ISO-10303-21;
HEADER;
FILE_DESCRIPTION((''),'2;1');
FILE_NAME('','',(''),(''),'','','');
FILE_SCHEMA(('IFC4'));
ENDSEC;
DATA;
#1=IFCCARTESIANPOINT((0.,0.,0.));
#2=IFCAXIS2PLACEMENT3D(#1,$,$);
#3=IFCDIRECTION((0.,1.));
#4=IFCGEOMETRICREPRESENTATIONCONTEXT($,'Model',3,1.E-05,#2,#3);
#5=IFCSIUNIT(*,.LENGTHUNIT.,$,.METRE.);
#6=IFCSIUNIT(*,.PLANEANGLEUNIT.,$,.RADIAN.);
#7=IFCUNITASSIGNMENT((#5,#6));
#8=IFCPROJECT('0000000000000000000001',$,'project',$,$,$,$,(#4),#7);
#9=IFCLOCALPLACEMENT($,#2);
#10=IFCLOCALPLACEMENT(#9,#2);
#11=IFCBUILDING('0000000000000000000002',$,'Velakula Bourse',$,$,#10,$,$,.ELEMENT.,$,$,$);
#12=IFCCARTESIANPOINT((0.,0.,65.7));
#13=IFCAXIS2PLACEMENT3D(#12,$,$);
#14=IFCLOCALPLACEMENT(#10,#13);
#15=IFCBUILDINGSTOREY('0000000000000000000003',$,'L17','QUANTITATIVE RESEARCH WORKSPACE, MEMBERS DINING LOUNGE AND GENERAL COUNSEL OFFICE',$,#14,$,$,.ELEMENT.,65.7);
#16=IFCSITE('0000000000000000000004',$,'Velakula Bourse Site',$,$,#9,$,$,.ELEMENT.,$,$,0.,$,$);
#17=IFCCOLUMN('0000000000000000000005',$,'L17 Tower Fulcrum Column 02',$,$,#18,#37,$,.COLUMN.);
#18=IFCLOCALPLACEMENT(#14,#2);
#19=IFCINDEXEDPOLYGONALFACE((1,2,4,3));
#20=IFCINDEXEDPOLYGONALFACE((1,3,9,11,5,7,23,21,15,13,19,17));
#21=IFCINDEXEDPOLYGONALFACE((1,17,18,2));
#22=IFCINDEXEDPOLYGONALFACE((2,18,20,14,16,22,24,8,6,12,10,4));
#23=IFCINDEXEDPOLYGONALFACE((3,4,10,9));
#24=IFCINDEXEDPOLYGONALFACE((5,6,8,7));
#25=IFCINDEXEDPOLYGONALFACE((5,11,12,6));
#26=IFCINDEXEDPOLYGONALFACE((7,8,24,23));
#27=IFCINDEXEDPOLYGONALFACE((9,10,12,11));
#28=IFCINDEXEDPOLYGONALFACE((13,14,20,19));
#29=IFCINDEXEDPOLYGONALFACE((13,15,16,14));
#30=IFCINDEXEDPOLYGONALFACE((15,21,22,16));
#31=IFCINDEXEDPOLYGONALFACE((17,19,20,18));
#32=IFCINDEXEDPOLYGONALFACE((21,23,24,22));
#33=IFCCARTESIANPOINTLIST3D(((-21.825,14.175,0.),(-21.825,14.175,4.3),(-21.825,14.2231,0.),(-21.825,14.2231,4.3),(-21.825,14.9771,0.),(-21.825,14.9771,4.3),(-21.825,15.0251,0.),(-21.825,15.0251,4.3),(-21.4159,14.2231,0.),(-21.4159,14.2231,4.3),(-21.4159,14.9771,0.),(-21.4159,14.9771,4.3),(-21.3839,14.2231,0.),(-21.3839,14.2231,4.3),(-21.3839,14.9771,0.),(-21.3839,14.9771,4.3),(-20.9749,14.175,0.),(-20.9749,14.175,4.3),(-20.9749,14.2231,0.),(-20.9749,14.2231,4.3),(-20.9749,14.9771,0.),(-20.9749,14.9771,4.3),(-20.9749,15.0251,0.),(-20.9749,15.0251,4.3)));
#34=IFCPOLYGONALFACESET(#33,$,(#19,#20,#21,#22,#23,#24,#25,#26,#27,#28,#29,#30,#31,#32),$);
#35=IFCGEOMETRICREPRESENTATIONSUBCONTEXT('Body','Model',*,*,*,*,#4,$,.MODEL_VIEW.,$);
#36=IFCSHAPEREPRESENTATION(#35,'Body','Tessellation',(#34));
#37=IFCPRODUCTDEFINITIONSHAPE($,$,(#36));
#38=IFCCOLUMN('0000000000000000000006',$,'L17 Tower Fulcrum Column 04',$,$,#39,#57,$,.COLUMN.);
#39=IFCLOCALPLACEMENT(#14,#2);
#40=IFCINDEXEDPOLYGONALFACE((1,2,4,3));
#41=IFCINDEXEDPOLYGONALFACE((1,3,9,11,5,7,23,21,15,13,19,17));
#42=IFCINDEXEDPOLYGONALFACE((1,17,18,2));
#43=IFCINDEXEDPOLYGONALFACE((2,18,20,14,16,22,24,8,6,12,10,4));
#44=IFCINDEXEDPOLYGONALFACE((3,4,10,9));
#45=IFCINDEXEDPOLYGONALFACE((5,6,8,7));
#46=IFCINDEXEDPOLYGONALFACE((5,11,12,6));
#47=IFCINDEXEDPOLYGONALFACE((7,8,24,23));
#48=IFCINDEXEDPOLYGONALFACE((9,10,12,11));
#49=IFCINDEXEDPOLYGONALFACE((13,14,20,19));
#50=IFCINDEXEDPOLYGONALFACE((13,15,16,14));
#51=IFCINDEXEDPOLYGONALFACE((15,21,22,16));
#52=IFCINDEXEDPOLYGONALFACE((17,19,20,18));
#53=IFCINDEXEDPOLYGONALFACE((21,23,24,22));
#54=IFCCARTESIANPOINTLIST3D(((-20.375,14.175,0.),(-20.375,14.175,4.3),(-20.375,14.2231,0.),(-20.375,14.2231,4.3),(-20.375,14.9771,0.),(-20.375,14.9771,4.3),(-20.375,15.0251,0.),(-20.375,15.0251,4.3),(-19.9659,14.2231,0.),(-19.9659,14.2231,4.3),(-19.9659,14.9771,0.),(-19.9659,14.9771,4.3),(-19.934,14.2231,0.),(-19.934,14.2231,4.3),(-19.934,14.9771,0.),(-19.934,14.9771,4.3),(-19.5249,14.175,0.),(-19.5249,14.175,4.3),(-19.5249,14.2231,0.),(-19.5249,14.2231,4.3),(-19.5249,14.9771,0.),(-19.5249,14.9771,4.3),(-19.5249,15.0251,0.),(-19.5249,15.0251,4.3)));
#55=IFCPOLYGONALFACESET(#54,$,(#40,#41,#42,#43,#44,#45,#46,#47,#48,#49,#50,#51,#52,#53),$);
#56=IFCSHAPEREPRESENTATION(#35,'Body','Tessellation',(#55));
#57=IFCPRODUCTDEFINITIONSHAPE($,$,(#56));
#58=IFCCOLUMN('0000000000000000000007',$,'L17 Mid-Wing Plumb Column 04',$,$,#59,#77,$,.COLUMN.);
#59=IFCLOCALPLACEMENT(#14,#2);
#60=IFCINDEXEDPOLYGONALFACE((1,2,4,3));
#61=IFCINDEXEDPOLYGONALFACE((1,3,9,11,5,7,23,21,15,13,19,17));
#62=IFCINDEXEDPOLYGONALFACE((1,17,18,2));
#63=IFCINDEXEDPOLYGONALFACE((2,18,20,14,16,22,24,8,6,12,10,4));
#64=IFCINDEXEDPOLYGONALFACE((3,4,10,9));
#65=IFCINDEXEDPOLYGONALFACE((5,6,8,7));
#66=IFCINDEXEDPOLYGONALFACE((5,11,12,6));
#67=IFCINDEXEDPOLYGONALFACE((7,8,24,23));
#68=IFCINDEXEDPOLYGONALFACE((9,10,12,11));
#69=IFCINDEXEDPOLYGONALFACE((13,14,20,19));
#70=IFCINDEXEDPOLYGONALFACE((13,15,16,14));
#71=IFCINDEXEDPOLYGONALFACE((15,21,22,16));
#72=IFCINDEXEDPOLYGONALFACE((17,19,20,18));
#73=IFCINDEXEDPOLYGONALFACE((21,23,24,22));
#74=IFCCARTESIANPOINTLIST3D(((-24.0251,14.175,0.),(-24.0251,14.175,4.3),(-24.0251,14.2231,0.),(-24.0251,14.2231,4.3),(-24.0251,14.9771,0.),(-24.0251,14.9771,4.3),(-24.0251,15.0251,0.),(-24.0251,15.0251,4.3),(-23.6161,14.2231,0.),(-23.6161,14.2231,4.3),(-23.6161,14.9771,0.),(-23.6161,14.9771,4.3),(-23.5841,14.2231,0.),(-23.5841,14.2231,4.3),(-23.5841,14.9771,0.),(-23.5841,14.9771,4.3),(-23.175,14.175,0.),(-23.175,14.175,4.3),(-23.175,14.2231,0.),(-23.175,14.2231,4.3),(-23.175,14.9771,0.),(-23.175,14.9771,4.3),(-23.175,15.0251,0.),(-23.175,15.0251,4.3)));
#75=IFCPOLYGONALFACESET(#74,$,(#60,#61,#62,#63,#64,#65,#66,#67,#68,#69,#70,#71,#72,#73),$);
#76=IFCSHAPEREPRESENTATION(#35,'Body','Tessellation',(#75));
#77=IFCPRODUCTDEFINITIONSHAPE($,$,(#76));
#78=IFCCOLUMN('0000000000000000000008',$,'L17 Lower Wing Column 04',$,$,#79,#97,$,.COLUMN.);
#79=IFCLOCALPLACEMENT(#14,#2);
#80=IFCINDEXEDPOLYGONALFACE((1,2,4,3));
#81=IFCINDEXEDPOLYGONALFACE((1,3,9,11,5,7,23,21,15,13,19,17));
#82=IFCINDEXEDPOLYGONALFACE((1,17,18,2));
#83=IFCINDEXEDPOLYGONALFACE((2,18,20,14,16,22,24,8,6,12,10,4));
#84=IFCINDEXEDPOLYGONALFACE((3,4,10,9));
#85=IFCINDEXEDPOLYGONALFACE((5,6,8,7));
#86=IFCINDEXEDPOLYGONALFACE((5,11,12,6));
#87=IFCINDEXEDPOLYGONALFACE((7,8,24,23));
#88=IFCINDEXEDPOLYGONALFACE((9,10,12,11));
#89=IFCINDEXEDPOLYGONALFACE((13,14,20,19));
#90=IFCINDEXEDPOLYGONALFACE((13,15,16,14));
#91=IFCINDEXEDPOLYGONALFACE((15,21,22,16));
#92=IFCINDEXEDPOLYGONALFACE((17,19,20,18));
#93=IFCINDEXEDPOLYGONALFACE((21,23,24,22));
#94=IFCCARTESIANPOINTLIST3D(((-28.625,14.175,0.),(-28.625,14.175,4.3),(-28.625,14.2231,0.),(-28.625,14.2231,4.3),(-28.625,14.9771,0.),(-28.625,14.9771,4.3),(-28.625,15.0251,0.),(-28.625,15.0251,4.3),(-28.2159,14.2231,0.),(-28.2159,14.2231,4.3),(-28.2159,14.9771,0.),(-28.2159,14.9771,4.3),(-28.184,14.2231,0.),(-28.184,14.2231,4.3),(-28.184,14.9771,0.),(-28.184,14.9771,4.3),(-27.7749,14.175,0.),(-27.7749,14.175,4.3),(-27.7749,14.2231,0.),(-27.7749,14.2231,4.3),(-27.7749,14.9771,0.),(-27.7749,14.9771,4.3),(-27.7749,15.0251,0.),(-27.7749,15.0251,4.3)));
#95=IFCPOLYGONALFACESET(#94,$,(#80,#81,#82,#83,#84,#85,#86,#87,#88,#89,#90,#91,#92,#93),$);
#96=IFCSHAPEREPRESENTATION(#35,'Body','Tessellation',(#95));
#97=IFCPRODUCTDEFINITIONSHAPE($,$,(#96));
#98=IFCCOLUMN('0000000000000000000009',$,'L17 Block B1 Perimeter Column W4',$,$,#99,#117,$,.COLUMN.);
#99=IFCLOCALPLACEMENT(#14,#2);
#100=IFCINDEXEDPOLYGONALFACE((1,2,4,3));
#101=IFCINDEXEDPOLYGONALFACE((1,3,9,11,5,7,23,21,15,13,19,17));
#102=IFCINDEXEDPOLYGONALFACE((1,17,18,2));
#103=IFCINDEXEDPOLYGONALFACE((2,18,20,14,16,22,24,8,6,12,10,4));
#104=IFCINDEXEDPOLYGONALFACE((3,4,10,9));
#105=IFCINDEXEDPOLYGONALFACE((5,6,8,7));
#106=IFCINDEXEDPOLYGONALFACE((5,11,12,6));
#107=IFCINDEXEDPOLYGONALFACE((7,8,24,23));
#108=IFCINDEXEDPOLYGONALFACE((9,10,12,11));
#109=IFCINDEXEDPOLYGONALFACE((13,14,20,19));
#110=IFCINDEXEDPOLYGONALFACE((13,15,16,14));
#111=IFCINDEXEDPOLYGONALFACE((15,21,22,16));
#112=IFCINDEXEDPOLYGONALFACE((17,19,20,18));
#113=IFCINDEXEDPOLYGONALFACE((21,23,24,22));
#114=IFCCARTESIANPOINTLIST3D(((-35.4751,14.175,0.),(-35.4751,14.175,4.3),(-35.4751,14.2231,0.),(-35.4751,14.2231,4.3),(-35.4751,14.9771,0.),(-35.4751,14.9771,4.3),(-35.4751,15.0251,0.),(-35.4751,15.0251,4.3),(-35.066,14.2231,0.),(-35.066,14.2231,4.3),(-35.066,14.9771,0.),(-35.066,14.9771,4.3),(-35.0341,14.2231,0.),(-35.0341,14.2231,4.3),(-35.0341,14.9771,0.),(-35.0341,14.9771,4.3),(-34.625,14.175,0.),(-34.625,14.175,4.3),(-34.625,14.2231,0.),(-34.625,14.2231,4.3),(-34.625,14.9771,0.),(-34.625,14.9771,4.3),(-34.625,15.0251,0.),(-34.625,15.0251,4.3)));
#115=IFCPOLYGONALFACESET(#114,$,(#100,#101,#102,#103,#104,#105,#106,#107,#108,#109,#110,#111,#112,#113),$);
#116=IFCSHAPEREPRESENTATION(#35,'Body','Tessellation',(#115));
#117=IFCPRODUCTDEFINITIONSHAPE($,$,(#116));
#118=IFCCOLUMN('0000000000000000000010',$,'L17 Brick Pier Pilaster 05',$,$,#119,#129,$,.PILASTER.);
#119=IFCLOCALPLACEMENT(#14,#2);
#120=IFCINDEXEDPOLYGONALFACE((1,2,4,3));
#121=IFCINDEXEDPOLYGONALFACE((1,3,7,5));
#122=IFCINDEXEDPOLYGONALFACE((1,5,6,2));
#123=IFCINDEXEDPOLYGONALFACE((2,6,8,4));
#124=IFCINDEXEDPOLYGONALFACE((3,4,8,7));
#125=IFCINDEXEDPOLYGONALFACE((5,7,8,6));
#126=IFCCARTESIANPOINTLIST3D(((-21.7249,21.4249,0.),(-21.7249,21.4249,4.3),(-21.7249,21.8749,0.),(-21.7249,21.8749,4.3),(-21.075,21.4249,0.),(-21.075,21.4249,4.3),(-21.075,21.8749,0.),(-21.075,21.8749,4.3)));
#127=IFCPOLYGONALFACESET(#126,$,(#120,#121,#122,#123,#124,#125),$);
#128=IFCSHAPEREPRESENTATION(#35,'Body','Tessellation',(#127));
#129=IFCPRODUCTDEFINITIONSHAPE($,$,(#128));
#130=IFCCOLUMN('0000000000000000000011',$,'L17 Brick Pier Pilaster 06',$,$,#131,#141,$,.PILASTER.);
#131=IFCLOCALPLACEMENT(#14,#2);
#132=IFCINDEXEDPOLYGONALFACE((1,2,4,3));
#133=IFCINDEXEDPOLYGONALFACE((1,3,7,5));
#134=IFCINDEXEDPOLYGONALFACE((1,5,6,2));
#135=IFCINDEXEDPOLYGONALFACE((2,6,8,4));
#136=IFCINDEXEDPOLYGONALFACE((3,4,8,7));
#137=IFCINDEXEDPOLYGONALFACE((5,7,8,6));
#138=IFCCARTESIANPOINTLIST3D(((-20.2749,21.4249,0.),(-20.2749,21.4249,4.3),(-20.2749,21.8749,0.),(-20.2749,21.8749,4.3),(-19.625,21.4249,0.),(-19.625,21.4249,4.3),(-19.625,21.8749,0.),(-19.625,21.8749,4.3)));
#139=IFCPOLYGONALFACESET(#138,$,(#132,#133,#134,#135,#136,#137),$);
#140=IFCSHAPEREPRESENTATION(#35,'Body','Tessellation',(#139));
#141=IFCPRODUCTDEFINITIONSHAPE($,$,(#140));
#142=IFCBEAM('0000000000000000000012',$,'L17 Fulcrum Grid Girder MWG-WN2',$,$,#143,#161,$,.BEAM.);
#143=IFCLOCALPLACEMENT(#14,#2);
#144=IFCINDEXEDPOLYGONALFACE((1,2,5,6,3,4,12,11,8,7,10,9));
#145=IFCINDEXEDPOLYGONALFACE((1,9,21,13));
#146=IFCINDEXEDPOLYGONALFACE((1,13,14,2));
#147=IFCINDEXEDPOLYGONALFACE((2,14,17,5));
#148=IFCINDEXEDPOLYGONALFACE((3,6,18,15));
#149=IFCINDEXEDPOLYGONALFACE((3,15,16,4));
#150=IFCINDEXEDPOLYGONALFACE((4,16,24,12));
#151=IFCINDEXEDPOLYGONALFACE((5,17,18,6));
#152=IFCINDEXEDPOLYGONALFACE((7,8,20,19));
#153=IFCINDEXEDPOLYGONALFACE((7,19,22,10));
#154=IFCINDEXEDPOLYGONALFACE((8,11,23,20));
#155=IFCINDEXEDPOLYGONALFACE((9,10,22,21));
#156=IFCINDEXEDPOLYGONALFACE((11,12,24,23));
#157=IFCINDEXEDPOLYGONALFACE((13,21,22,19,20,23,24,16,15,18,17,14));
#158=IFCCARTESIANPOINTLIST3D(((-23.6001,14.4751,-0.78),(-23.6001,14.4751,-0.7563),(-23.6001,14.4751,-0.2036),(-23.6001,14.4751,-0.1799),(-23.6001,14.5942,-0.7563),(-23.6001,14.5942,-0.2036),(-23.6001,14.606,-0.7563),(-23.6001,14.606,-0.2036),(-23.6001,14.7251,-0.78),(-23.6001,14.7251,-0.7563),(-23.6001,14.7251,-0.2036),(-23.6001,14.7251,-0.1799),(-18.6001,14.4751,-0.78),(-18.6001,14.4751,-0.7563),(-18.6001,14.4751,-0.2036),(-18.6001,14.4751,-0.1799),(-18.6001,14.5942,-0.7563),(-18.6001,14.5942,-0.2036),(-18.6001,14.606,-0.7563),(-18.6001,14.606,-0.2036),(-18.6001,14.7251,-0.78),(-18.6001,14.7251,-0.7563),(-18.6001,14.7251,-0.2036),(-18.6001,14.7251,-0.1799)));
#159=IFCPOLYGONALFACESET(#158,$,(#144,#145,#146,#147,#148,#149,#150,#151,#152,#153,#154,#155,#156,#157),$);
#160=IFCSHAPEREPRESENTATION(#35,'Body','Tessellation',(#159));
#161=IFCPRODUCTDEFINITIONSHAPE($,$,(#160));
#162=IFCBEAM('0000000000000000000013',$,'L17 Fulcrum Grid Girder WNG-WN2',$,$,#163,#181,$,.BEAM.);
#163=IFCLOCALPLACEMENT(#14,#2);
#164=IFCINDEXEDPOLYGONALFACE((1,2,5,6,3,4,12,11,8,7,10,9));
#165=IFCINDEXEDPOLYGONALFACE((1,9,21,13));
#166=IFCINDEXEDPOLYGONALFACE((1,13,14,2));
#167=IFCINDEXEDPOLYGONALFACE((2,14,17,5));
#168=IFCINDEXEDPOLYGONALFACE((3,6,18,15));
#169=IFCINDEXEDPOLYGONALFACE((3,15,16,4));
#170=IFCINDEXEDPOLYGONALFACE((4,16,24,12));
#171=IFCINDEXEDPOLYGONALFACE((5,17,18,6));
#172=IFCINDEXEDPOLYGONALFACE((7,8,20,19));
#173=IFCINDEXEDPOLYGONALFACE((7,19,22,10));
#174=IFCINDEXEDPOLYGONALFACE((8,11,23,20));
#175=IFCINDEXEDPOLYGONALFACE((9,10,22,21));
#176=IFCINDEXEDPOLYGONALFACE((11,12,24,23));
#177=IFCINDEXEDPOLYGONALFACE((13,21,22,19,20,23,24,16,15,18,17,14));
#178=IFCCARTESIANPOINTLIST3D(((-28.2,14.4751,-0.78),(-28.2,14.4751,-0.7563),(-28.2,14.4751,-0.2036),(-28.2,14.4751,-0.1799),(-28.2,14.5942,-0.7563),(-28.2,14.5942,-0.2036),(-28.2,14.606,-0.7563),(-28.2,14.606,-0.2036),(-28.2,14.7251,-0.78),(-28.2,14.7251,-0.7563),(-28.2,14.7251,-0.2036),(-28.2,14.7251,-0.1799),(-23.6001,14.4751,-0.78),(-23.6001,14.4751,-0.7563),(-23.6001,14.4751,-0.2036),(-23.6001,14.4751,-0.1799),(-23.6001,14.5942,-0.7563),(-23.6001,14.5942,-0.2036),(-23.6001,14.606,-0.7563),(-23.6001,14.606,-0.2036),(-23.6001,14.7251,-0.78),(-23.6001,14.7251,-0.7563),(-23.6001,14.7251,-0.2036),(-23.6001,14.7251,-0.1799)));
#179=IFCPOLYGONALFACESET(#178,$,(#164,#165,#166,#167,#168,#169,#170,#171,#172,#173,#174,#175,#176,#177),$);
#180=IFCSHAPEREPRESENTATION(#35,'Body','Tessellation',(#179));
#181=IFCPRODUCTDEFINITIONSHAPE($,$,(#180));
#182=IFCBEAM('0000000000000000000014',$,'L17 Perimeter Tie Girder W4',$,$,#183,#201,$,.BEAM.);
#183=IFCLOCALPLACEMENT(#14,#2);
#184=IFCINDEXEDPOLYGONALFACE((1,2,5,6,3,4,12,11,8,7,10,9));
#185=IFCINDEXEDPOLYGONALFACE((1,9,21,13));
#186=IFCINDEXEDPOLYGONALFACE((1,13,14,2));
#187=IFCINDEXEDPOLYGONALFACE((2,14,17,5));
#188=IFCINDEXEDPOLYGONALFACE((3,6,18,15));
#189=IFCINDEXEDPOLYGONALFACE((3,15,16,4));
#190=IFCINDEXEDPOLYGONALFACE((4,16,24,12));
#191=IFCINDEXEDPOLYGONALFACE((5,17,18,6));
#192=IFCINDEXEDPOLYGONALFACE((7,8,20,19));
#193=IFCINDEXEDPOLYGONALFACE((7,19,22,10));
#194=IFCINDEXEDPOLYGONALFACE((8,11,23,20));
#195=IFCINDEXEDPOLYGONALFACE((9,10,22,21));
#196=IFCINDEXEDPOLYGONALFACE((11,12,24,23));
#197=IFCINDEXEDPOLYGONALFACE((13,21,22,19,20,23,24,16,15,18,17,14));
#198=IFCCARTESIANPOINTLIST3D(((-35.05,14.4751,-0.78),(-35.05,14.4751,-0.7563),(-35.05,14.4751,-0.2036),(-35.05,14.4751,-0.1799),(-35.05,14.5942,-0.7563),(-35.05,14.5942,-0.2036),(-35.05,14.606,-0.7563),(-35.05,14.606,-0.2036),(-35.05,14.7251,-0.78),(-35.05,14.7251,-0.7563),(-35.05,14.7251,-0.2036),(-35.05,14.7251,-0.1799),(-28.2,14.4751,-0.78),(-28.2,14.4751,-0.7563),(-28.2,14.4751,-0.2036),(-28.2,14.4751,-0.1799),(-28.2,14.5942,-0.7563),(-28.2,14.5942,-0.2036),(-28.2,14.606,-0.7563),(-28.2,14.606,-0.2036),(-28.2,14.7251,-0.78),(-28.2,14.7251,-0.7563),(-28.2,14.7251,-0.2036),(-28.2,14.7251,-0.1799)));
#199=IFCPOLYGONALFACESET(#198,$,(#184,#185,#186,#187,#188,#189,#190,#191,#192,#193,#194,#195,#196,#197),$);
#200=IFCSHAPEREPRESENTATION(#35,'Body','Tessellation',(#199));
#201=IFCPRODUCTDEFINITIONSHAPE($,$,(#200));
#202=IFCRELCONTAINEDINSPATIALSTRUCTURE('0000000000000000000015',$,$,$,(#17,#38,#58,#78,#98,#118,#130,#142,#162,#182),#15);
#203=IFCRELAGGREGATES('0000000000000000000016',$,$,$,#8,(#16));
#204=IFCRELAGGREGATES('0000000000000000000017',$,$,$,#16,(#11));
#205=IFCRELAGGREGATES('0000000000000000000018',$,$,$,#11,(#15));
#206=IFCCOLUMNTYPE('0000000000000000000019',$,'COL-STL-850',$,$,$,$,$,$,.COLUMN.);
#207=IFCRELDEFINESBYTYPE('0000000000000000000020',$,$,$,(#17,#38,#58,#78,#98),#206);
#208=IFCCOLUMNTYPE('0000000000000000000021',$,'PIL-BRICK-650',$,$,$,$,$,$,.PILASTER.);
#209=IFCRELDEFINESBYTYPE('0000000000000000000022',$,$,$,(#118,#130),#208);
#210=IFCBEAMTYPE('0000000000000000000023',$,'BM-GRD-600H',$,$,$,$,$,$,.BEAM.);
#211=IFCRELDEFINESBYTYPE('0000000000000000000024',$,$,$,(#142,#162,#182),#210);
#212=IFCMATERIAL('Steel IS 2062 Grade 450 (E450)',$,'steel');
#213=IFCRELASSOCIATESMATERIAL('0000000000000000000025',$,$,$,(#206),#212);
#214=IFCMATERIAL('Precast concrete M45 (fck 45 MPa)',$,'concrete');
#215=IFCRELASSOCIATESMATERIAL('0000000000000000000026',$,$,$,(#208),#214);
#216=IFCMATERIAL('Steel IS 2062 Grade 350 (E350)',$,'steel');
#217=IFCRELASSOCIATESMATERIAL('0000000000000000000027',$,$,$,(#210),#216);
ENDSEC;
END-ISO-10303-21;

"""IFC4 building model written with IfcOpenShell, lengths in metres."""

from ifc_helpers import new_model, si_unit, direction, frame, origin, origin_2d, place, context, subcontext, project, spatial, rectangle, i_section, extrude, material, material_profile, profile_set, type_object, element, save


model = new_model("IFC4")

# Units and contexts
model_context = context("Model", 3, precision=1e-05, world=origin(), true_north=direction((0.0, 1.0)))
body_context = subcontext(model_context, "Body", "Model", "MODEL_VIEW")
ifc_project = project(units=[si_unit("LENGTHUNIT", "METRE"), si_unit("PLANEANGLEUNIT", "RADIAN")], contexts=[model_context])

# Site, building, storey
site_placement = place(None, origin())
site = spatial("IfcSite", under=ifc_project, at=site_placement, Name="Velakula Bourse Site", CompositionType="ELEMENT", RefElevation=0.0)
building_placement = place(site_placement, origin())
building = spatial("IfcBuilding", under=site, at=building_placement, Name="Velakula Bourse", CompositionType="ELEMENT")
storey_placement = place(building_placement, frame((0.0, 0.0, 65.7)))
storey = spatial("IfcBuildingStorey", under=building, at=storey_placement, Name="L17", Description="QUANTITATIVE RESEARCH WORKSPACE, MEMBERS DINING LOUNGE AND GENERAL COUNSEL OFFICE", CompositionType="ELEMENT", Elevation=65.7)

# Columns
ifc_material_1 = material(Name="Steel IS 2062 Grade 450 (E450)", Category="steel")
ifc_material_profile_1 = material_profile(ifc_material_1, i_section(OverallWidth=0.8501, OverallDepth=0.8501, WebThickness=0.032, FlangeThickness=0.0481, at=origin_2d()), Name="Steel IS 2062 Grade 450 (E450)")
ifc_profile_set_1 = profile_set([ifc_material_profile_1], Name="Steel IS 2062 Grade 450 (E450)")
column_type_1 = type_object("IfcColumnType", Name="COL-STL-850", PredefinedType="COLUMN", material=ifc_profile_set_1)
for number, where, z_axis, x_axis, name in (
    (1, (-21.3999, 14.6001, 0.0), (0.0, 0.0, 1.0), (1.0, 0.0, 0.0), "L17 Tower Fulcrum Column 02"),
    (2, (-19.95, 14.6001, 0.0), (0.0, 0.0, 1.0), (1.0, 0.0, 0.0), "L17 Tower Fulcrum Column 04"),
    (3, (-23.6001, 14.6001, 0.0), (0.0, 0.0, 1.0), (1.0, 0.0, 0.0), "L17 Mid-Wing Plumb Column 04"),
    (4, (-28.2, 14.6001, 0.0), (0.0, 0.0, 1.0), (1.0, 0.0, 0.0), "L17 Lower Wing Column 04"),
    (5, (-35.05, 14.6001, 0.0), (0.0, 0.0, 1.0), (1.0, 0.0, 0.0), "L17 Block B1 Perimeter Column W4"),
):
    element("IfcColumn", number, at=place(storey_placement, frame(where, z_axis=z_axis, x_axis=x_axis)), inside=storey, type_object=column_type_1, Name=name, PredefinedType="COLUMN", context=body_context, shape_type="SweptSolid", body=[
        extrude(i_section(OverallWidth=0.8501, OverallDepth=0.8501, WebThickness=0.032, FlangeThickness=0.0481, at=origin_2d()), origin(), (0.0, 0.0, 1.0), 4.3),
    ])
ifc_material_2 = material(Name="Precast concrete M45 (fck 45 MPa)", Category="concrete")
ifc_material_profile_2 = material_profile(ifc_material_2, rectangle(XDim=0.6499, YDim=0.45, at=origin_2d()), Name="Precast concrete M45 (fck 45 MPa)")
ifc_profile_set_2 = profile_set([ifc_material_profile_2], Name="Precast concrete M45 (fck 45 MPa)")
column_type_2 = type_object("IfcColumnType", Name="PIL-BRICK-650", PredefinedType="PILASTER", material=ifc_profile_set_2)
for number, where, z_axis, x_axis, name in (
    (6, (-21.3999, 21.6499, 0.0), (0.0, 0.0, 1.0), (1.0, 0.0, 0.0), "L17 Brick Pier Pilaster 05"),
    (7, (-19.95, 21.6499, 0.0), (0.0, 0.0, 1.0), (1.0, 0.0, 0.0), "L17 Brick Pier Pilaster 06"),
):
    element("IfcColumn", number, at=place(storey_placement, frame(where, z_axis=z_axis, x_axis=x_axis)), inside=storey, type_object=column_type_2, Name=name, PredefinedType="PILASTER", context=body_context, shape_type="SweptSolid", body=[
        extrude(rectangle(XDim=0.6499, YDim=0.45, at=origin_2d()), origin(), (0.0, 0.0, 1.0), 4.3),
    ])

# Beams
ifc_material_3 = material(Name="Steel IS 2062 Grade 350 (E350)", Category="steel")
ifc_material_profile_3 = material_profile(ifc_material_3, i_section(OverallWidth=0.25, OverallDepth=0.6001, WebThickness=0.0117, FlangeThickness=0.0237, at=origin_2d()), Name="Steel IS 2062 Grade 350 (E350)")
ifc_profile_set_3 = profile_set([ifc_material_profile_3], Name="Steel IS 2062 Grade 350 (E350)")
beam_type_1 = type_object("IfcBeamType", Name="BM-GRD-600H", PredefinedType="BEAM", material=ifc_profile_set_3)
beam_1_placement = place(storey_placement, frame((-23.6001, 14.6001, -0.48), z_axis=(1.0, 0.0, 0.0), x_axis=(0.0, 1.0, 0.0)))
element("IfcBeam", 8, at=beam_1_placement, inside=storey, type_object=beam_type_1, Name="L17 Fulcrum Grid Girder MWG-WN2", PredefinedType="BEAM", context=body_context, shape_type="SweptSolid", body=[
    extrude(i_section(OverallWidth=0.25, OverallDepth=0.6001, WebThickness=0.0117, FlangeThickness=0.0237, at=origin_2d()), origin(), (0.0, 0.0, 1.0), 5.0),
])
beam_2_placement = place(storey_placement, frame((-28.2, 14.6001, -0.48), z_axis=(1.0, 0.0, 0.0), x_axis=(0.0, 1.0, 0.0)))
element("IfcBeam", 9, at=beam_2_placement, inside=storey, type_object=beam_type_1, Name="L17 Fulcrum Grid Girder WNG-WN2", PredefinedType="BEAM", context=body_context, shape_type="SweptSolid", body=[
    extrude(i_section(OverallWidth=0.25, OverallDepth=0.6001, WebThickness=0.0117, FlangeThickness=0.0237, at=origin_2d()), origin(), (0.0, 0.0, 1.0), 4.5999),
])
beam_3_placement = place(storey_placement, frame((-28.2, 14.6001, -0.48), z_axis=(-1.0, 0.0, 0.0), x_axis=(0.0, -1.0, 0.0)))
element("IfcBeam", 10, at=beam_3_placement, inside=storey, type_object=beam_type_1, Name="L17 Perimeter Tie Girder W4", PredefinedType="BEAM", context=body_context, shape_type="SweptSolid", body=[
    extrude(i_section(OverallWidth=0.25, OverallDepth=0.6001, WebThickness=0.0117, FlangeThickness=0.0237, at=origin_2d()), origin(), (0.0, 0.0, 1.0), 6.8501),
])

save(model, "model.ifc")
